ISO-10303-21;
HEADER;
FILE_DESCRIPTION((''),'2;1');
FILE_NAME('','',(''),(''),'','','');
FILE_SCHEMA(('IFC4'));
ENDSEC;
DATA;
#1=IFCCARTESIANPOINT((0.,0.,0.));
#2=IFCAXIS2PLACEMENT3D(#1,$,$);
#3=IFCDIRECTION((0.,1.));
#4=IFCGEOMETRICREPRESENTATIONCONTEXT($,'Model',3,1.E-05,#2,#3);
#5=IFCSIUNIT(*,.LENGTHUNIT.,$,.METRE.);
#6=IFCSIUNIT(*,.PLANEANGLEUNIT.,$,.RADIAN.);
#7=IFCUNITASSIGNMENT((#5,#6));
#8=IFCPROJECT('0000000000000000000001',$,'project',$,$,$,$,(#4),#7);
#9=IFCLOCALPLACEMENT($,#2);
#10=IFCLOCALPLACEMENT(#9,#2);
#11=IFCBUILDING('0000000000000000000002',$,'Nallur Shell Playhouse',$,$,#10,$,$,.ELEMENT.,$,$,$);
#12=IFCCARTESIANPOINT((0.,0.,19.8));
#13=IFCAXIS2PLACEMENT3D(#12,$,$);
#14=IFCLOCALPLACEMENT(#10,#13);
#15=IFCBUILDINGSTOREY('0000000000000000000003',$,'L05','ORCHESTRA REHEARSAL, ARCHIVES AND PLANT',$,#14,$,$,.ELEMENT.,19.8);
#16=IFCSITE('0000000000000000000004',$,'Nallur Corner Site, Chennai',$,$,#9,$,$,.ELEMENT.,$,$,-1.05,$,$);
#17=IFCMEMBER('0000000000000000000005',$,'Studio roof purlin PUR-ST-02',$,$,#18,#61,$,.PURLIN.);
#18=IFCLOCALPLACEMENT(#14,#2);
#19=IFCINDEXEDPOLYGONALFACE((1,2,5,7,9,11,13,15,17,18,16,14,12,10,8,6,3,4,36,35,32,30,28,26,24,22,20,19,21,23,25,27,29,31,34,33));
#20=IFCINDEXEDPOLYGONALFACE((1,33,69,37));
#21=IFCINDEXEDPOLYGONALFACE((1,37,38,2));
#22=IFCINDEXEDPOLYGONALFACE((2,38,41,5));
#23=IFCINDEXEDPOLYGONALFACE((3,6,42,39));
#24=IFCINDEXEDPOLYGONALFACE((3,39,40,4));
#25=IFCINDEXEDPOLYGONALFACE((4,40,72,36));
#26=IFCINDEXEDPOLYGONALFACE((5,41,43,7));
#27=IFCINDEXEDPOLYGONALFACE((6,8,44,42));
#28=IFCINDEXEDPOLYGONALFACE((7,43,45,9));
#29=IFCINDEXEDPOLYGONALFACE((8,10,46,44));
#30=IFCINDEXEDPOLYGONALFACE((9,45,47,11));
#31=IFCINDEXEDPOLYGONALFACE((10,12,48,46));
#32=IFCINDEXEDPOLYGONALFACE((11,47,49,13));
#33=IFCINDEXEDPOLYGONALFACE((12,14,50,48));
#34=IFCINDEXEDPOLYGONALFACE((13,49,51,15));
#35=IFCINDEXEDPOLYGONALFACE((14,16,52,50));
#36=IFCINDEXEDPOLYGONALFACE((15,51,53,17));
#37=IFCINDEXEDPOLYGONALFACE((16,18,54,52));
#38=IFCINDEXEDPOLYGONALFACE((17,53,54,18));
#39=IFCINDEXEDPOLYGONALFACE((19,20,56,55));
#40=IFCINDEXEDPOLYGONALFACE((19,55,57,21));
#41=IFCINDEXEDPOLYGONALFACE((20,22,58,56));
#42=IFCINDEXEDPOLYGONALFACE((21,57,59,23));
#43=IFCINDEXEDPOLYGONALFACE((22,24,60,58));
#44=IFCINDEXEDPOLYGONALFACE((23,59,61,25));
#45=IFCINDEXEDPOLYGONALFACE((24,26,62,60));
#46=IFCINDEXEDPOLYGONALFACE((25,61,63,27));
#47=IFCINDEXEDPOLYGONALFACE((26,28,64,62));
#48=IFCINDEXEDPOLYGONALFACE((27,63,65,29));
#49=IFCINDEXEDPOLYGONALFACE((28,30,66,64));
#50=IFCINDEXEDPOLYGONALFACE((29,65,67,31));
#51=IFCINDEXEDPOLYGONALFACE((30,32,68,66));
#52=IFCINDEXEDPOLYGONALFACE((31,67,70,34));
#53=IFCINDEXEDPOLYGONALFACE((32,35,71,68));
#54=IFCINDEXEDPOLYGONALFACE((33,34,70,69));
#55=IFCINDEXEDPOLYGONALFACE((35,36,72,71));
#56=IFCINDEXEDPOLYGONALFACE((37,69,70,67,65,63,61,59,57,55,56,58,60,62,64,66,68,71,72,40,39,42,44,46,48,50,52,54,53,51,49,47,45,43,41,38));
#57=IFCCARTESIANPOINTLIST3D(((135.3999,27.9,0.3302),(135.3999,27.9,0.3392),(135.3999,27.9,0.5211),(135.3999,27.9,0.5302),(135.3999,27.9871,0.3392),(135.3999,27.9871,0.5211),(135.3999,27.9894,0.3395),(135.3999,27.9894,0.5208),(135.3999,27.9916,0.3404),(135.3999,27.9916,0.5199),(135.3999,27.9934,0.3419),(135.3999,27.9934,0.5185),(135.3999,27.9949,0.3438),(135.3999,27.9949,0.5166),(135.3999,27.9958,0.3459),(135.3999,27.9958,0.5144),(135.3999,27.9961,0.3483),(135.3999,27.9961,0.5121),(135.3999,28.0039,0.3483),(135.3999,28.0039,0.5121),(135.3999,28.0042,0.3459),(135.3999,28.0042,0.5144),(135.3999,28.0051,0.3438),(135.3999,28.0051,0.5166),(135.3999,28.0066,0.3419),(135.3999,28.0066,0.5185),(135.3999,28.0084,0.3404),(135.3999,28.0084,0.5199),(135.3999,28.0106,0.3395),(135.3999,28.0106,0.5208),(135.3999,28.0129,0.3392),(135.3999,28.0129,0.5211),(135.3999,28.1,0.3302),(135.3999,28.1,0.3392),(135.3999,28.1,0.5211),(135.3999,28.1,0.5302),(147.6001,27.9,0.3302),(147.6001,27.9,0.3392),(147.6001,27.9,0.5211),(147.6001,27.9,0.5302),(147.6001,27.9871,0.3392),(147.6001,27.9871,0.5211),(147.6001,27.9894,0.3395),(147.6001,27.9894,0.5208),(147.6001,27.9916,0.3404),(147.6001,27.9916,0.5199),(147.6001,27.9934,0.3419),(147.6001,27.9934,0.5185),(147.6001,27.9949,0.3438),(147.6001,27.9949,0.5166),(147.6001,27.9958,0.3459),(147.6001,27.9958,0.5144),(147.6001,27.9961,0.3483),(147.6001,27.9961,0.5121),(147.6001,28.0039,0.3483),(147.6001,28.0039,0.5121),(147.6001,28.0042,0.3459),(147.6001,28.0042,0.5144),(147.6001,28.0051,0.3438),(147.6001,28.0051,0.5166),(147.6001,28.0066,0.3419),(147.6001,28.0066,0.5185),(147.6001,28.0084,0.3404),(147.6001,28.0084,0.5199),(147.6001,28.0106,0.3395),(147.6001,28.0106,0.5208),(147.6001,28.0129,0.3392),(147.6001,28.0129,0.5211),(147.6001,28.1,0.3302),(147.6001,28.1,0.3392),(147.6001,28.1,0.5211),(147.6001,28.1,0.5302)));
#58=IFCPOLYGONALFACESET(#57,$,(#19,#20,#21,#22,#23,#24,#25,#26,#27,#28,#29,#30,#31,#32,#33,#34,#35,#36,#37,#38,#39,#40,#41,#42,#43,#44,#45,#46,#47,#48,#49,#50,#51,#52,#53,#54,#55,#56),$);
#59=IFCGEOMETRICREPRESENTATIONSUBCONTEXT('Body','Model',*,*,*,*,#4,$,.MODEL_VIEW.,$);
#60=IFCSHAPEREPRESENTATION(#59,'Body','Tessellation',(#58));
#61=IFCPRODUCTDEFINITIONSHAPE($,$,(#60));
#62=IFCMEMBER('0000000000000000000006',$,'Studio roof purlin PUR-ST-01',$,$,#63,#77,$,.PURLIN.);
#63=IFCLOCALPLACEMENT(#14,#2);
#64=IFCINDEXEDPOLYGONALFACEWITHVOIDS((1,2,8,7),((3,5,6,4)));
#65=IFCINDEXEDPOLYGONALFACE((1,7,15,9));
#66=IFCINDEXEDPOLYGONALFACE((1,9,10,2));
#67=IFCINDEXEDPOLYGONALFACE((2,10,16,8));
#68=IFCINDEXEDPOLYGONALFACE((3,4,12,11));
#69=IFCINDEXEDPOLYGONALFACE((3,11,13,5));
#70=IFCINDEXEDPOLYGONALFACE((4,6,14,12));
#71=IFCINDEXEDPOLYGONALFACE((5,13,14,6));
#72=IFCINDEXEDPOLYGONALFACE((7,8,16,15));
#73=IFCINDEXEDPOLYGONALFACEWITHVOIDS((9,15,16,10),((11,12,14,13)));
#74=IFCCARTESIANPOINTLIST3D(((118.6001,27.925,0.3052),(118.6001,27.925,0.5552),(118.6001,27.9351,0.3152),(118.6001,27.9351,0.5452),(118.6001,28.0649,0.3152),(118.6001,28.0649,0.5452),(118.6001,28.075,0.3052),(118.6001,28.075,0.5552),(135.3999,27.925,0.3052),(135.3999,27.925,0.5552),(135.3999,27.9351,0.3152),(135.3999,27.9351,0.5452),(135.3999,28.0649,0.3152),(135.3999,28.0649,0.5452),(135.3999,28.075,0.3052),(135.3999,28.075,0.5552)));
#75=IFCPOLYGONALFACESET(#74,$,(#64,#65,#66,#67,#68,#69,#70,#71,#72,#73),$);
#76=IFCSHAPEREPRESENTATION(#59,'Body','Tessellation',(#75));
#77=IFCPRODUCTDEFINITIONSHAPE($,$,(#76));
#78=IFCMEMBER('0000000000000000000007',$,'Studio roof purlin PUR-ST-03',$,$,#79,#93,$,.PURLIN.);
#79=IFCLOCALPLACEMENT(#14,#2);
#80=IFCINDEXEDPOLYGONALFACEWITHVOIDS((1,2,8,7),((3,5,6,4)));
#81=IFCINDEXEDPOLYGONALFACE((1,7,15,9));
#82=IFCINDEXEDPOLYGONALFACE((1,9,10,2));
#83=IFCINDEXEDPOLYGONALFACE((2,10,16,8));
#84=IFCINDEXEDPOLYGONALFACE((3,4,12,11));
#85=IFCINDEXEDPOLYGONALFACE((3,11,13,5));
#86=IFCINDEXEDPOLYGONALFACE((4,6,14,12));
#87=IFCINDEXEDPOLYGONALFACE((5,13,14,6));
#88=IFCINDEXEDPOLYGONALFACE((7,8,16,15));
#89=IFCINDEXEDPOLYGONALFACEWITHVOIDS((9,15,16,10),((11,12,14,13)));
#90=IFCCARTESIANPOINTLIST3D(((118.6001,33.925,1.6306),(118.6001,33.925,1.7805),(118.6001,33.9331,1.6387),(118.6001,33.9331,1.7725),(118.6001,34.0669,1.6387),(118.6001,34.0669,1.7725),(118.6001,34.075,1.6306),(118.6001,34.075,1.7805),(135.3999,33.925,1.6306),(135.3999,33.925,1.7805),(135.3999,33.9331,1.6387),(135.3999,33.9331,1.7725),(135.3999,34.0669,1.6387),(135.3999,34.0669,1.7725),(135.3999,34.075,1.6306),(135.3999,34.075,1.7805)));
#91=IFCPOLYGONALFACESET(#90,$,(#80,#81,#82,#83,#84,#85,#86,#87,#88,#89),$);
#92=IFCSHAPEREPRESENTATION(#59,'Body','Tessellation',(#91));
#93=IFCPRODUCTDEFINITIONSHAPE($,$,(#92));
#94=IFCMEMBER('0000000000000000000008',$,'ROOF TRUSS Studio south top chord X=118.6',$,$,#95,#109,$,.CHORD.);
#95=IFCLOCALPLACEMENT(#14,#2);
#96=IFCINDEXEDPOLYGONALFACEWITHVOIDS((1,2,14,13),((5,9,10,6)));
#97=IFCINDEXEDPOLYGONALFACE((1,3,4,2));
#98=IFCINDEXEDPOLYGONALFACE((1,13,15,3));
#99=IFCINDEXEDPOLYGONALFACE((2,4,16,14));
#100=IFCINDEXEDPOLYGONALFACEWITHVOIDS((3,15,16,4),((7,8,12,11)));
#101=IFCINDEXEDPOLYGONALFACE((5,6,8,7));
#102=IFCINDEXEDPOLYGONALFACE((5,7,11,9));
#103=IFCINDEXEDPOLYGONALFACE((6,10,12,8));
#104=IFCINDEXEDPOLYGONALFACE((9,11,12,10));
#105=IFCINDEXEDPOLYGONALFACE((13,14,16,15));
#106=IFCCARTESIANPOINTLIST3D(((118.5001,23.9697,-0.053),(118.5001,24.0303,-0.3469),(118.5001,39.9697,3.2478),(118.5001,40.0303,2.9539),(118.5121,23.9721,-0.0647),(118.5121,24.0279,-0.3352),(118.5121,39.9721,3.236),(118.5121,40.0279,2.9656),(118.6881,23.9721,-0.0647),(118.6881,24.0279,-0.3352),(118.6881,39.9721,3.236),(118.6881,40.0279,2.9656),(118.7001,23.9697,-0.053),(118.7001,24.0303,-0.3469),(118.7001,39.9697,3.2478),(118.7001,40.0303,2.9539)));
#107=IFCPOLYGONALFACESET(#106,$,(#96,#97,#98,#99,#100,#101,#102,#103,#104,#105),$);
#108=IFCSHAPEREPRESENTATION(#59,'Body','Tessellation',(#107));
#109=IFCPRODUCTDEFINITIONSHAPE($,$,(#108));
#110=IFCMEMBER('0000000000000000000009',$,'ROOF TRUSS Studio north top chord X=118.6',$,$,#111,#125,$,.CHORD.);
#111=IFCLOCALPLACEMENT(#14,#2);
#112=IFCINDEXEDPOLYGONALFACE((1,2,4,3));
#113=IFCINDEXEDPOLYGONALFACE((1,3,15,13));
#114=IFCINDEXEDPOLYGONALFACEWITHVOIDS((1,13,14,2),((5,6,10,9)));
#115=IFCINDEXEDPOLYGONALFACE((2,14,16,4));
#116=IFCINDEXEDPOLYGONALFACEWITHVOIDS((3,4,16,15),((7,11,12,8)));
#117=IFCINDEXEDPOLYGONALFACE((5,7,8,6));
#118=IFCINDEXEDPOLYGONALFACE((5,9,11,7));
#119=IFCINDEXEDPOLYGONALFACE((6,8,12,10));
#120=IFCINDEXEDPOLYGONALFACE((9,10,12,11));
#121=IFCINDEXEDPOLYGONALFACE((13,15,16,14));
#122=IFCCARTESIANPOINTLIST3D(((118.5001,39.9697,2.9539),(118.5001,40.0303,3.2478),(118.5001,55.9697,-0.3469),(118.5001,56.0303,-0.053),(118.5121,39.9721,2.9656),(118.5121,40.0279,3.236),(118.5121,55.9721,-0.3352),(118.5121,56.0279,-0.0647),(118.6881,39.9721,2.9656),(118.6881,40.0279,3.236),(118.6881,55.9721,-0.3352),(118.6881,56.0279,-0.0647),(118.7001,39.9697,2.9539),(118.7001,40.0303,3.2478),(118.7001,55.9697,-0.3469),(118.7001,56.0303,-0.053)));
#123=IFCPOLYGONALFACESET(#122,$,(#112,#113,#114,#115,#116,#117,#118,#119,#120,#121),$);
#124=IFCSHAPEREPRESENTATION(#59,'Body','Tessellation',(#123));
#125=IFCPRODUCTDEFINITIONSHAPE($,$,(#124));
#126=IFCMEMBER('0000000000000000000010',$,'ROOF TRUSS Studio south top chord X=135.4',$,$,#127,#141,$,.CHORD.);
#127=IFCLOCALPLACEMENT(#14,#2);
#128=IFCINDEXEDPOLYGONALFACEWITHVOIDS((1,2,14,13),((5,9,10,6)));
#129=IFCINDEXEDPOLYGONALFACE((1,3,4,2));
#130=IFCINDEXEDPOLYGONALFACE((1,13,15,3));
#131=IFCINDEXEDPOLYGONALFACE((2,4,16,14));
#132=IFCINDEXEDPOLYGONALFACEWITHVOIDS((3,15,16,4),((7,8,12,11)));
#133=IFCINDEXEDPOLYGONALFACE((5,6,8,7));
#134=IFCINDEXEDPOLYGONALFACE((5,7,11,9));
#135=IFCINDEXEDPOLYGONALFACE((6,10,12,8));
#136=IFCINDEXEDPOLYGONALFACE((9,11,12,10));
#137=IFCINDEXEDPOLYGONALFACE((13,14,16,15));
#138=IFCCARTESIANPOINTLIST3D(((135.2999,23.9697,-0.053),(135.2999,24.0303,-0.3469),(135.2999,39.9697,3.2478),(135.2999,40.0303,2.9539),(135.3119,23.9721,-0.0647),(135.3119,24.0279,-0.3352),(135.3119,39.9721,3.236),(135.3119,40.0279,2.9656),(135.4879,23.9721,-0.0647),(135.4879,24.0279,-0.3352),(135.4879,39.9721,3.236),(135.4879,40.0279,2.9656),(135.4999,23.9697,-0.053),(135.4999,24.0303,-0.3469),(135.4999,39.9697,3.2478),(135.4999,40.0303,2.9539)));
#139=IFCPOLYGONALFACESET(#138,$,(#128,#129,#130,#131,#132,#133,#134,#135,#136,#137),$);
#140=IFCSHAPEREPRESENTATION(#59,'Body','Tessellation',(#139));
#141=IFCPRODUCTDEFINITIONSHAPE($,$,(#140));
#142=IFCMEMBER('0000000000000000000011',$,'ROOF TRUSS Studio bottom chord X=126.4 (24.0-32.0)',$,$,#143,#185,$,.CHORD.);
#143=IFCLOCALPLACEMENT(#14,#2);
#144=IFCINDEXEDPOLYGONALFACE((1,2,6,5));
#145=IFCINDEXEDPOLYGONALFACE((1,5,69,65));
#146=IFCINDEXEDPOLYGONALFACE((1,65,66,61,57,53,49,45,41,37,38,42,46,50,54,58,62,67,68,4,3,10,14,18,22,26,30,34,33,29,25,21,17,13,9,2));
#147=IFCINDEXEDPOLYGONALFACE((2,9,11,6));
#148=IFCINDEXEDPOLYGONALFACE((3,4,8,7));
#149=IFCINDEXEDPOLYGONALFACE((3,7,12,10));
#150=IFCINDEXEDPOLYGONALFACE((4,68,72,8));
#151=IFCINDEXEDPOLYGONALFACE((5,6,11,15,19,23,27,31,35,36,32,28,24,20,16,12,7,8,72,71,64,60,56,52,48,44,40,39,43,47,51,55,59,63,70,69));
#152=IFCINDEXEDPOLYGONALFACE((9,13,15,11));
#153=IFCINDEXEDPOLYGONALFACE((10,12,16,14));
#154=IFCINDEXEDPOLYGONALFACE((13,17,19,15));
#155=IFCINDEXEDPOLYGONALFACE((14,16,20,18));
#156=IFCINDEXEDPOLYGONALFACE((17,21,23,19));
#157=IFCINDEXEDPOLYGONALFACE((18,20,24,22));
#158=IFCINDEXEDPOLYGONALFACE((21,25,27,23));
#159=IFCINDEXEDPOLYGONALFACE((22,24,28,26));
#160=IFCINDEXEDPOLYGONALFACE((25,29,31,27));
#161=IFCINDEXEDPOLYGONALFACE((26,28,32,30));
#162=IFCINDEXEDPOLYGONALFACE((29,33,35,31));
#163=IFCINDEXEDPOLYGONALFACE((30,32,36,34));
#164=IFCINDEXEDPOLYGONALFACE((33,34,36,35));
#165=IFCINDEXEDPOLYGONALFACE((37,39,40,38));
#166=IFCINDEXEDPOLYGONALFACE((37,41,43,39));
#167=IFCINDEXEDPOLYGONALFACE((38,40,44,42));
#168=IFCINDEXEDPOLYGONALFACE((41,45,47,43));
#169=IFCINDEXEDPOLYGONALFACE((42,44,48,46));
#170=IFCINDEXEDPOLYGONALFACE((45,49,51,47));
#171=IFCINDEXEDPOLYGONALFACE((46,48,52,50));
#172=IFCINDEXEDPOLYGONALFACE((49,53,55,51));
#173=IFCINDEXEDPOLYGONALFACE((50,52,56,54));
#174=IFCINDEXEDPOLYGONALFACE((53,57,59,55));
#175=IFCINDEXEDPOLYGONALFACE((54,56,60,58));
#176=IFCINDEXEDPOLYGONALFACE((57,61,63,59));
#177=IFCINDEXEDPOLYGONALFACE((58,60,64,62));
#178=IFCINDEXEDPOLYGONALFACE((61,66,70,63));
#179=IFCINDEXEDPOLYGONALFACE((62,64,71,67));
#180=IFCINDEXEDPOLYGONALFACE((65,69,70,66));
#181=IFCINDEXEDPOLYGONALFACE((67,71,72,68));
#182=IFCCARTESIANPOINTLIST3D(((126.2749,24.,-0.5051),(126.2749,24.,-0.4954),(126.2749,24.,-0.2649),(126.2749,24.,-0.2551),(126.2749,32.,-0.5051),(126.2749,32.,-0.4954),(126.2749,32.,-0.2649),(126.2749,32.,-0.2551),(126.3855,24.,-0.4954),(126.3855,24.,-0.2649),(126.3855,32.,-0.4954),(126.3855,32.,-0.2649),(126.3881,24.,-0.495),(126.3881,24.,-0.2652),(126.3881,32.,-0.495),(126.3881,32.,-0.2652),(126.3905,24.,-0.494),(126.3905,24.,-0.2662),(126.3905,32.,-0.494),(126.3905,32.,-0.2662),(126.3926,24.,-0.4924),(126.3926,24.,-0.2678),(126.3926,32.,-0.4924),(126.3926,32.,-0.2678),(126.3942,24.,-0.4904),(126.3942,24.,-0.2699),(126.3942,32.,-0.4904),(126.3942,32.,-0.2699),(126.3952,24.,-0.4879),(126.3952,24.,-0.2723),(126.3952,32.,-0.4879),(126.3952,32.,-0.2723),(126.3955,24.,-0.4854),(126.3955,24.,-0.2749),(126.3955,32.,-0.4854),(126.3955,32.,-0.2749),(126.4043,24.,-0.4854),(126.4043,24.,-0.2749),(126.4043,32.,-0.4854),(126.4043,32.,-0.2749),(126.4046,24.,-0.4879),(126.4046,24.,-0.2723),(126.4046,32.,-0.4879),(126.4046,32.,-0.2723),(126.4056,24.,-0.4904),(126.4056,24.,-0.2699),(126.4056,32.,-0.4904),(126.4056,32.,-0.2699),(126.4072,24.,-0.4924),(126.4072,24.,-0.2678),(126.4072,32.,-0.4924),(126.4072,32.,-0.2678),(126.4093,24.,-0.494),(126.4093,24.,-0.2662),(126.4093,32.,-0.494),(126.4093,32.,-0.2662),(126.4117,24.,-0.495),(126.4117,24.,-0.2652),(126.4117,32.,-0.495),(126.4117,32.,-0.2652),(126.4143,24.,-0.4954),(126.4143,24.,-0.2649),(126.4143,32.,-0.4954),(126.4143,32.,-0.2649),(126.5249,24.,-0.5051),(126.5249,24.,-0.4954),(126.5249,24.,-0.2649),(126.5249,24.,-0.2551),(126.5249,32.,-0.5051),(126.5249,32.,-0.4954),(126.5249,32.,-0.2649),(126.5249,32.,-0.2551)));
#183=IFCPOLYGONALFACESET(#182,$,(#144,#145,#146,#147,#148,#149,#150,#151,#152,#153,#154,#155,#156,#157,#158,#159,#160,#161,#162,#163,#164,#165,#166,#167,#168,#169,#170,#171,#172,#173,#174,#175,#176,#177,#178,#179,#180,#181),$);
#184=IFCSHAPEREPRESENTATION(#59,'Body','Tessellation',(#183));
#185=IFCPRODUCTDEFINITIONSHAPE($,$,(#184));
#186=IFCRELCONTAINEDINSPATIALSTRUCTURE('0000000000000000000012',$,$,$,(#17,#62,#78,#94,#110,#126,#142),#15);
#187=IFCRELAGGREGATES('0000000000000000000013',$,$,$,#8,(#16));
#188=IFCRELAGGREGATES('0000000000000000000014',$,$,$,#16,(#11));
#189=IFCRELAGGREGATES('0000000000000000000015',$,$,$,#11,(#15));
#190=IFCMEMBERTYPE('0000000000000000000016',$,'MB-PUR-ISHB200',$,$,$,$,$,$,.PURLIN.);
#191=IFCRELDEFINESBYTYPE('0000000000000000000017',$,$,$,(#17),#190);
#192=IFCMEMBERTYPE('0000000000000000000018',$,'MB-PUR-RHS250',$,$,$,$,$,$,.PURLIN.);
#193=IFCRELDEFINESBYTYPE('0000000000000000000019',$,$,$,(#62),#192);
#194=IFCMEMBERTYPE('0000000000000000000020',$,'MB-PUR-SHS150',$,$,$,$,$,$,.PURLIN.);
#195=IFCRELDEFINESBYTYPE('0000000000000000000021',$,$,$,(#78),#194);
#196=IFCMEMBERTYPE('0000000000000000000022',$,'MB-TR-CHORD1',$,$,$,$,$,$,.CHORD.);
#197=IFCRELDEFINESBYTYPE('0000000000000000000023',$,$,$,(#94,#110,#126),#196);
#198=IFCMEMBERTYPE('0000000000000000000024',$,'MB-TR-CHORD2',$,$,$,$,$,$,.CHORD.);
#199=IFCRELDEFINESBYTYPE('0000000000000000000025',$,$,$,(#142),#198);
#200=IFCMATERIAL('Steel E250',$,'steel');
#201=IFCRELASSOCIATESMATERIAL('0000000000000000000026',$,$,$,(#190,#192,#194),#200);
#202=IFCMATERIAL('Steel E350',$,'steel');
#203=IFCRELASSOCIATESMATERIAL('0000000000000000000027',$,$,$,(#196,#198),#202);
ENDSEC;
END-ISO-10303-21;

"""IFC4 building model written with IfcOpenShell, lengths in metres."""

from ifc_helpers import new_model, si_unit, direction, frame, origin, origin_2d, place, context, subcontext, project, spatial, hollow_rectangle, i_section, extrude, material, material_profile, profile_set, type_object, element, save


model = new_model("IFC4")

# Units and contexts
model_context = context("Model", 3, precision=1e-05, world=origin(), true_north=direction((0.0, 1.0)))
body_context = subcontext(model_context, "Body", "Model", "MODEL_VIEW")
ifc_project = project(units=[si_unit("LENGTHUNIT", "METRE"), si_unit("PLANEANGLEUNIT", "RADIAN")], contexts=[model_context])

# Site, building, storey
site_placement = place(None, origin())
site = spatial("IfcSite", under=ifc_project, at=site_placement, Name="Nallur Corner Site, Chennai", CompositionType="ELEMENT", RefElevation=-1.05)
building_placement = place(site_placement, origin())
building = spatial("IfcBuilding", under=site, at=building_placement, Name="Nallur Shell Playhouse", CompositionType="ELEMENT")
storey_placement = place(building_placement, frame((0.0, 0.0, 19.8)))
storey = spatial("IfcBuildingStorey", under=building, at=storey_placement, Name="L05", Description="ORCHESTRA REHEARSAL, ARCHIVES AND PLANT", CompositionType="ELEMENT", Elevation=19.8)

# Shared definitions
ifc_material_1 = material(Name="Steel E350", Category="steel")

# Members
ifc_material_2 = material(Name="Steel E250", Category="steel")
ifc_material_profile_1 = material_profile(ifc_material_2, i_section(OverallWidth=0.2, OverallDepth=0.2, WebThickness=0.0078, FlangeThickness=0.009, FilletRadius=0.009, at=origin_2d()), Name="ISHB 200")
ifc_profile_set_1 = profile_set([ifc_material_profile_1], Name="Steel E250")
member_type_1 = type_object("IfcMemberType", Name="MB-PUR-ISHB200", PredefinedType="PURLIN", material=ifc_profile_set_1)
member_1_placement = place(storey_placement, frame((135.3999, 28.0, 0.4302), z_axis=(1.0, 0.0, 0.0), x_axis=(0.0, 1.0, 0.0)))
element("IfcMember", 1, at=member_1_placement, inside=storey, type_object=member_type_1, Name="Studio roof purlin PUR-ST-02", PredefinedType="PURLIN", context=body_context, shape_type="SweptSolid", body=[
    extrude(i_section(OverallWidth=0.2, OverallDepth=0.2, WebThickness=0.0078, FlangeThickness=0.009, FilletRadius=0.009, at=origin_2d()), origin(), (0.0, 0.0, 1.0), 12.2002),
])
ifc_material_profile_2 = material_profile(ifc_material_2, hollow_rectangle(XDim=0.1499, YDim=0.25, WallThickness=0.01, at=origin_2d()), Name="RHS 250x150x10")
ifc_profile_set_2 = profile_set([ifc_material_profile_2], Name="Steel E250")
member_type_2 = type_object("IfcMemberType", Name="MB-PUR-RHS250", PredefinedType="PURLIN", material=ifc_profile_set_2)
member_2_placement = place(storey_placement, frame((118.6001, 28.0, 0.4302), z_axis=(1.0, 0.0, 0.0), x_axis=(0.0, 1.0, 0.0)))
element("IfcMember", 2, at=member_2_placement, inside=storey, type_object=member_type_2, Name="Studio roof purlin PUR-ST-01", PredefinedType="PURLIN", context=body_context, shape_type="SweptSolid", body=[
    extrude(hollow_rectangle(XDim=0.1499, YDim=0.25, WallThickness=0.01, at=origin_2d()), origin(), (0.0, 0.0, 1.0), 16.7998),
])
ifc_material_profile_3 = material_profile(ifc_material_2, hollow_rectangle(XDim=0.1499, YDim=0.1499, WallThickness=0.0081, at=origin_2d()), Name="SHS 150x150x8")
ifc_profile_set_3 = profile_set([ifc_material_profile_3], Name="Steel E250")
member_type_3 = type_object("IfcMemberType", Name="MB-PUR-SHS150", PredefinedType="PURLIN", material=ifc_profile_set_3)
member_3_placement = place(storey_placement, frame((118.6001, 34.0, 1.7056), z_axis=(1.0, 0.0, 0.0), x_axis=(0.0, 1.0, 0.0)))
element("IfcMember", 3, at=member_3_placement, inside=storey, type_object=member_type_3, Name="Studio roof purlin PUR-ST-03", PredefinedType="PURLIN", context=body_context, shape_type="SweptSolid", body=[
    extrude(hollow_rectangle(XDim=0.1499, YDim=0.1499, WallThickness=0.0081, at=origin_2d()), origin(), (0.0, 0.0, 1.0), 16.7998),
])
ifc_material_profile_4 = material_profile(ifc_material_1, hollow_rectangle(XDim=0.2, YDim=0.3, WallThickness=0.012, at=origin_2d()), Name="RHS 300x200x12")
ifc_profile_set_4 = profile_set([ifc_material_profile_4], Name="Steel E350")
member_type_4 = type_object("IfcMemberType", Name="MB-TR-CHORD1", PredefinedType="CHORD", material=ifc_profile_set_4)
for number, where, z_axis, x_axis, name in (
    (4, (118.6001, 24.0, -0.2), (0.0, 0.979376, 0.202044), (-1.0, 0.0, 0.0), "ROOF TRUSS Studio south top chord X=118.6"),
    (5, (118.6001, 40.0, 3.1008), (0.0, 0.979376, -0.202044), (-1.0, 0.0, 0.0), "ROOF TRUSS Studio north top chord X=118.6"),
    (6, (135.3999, 24.0, -0.2), (0.0, 0.979376, 0.202044), (-1.0, 0.0, 0.0), "ROOF TRUSS Studio south top chord X=135.4"),
):
    element("IfcMember", number, at=place(storey_placement, frame(where, z_axis=z_axis, x_axis=x_axis)), inside=storey, type_object=member_type_4, Name=name, PredefinedType="CHORD", context=body_context, shape_type="SweptSolid", body=[
        extrude(hollow_rectangle(XDim=0.2, YDim=0.3, WallThickness=0.012, at=origin_2d()), origin(), (0.0, 0.0, 1.0), 16.3369),
    ])
ifc_material_profile_5 = material_profile(ifc_material_1, i_section(OverallWidth=0.25, OverallDepth=0.25, WebThickness=0.0088, FlangeThickness=0.0098, FilletRadius=0.01, at=origin_2d()), Name="ISHB 250")
ifc_profile_set_5 = profile_set([ifc_material_profile_5], Name="Steel E350")
member_type_5 = type_object("IfcMemberType", Name="MB-TR-CHORD2", PredefinedType="CHORD", material=ifc_profile_set_5)
member_4_placement = place(storey_placement, frame((126.3999, 24.0, -0.3801), z_axis=(0.0, 1.0, 0.0), x_axis=(-1.0, 0.0, 0.0)))
element("IfcMember", 7, at=member_4_placement, inside=storey, type_object=member_type_5, Name="ROOF TRUSS Studio bottom chord X=126.4 (24.0-32.0)", PredefinedType="CHORD", context=body_context, shape_type="SweptSolid", body=[
    extrude(i_section(OverallWidth=0.25, OverallDepth=0.25, WebThickness=0.0088, FlangeThickness=0.0098, FilletRadius=0.01, at=origin_2d()), origin(), (0.0, 0.0, 1.0), 8.0),
])

save(model, "model.ifc")
